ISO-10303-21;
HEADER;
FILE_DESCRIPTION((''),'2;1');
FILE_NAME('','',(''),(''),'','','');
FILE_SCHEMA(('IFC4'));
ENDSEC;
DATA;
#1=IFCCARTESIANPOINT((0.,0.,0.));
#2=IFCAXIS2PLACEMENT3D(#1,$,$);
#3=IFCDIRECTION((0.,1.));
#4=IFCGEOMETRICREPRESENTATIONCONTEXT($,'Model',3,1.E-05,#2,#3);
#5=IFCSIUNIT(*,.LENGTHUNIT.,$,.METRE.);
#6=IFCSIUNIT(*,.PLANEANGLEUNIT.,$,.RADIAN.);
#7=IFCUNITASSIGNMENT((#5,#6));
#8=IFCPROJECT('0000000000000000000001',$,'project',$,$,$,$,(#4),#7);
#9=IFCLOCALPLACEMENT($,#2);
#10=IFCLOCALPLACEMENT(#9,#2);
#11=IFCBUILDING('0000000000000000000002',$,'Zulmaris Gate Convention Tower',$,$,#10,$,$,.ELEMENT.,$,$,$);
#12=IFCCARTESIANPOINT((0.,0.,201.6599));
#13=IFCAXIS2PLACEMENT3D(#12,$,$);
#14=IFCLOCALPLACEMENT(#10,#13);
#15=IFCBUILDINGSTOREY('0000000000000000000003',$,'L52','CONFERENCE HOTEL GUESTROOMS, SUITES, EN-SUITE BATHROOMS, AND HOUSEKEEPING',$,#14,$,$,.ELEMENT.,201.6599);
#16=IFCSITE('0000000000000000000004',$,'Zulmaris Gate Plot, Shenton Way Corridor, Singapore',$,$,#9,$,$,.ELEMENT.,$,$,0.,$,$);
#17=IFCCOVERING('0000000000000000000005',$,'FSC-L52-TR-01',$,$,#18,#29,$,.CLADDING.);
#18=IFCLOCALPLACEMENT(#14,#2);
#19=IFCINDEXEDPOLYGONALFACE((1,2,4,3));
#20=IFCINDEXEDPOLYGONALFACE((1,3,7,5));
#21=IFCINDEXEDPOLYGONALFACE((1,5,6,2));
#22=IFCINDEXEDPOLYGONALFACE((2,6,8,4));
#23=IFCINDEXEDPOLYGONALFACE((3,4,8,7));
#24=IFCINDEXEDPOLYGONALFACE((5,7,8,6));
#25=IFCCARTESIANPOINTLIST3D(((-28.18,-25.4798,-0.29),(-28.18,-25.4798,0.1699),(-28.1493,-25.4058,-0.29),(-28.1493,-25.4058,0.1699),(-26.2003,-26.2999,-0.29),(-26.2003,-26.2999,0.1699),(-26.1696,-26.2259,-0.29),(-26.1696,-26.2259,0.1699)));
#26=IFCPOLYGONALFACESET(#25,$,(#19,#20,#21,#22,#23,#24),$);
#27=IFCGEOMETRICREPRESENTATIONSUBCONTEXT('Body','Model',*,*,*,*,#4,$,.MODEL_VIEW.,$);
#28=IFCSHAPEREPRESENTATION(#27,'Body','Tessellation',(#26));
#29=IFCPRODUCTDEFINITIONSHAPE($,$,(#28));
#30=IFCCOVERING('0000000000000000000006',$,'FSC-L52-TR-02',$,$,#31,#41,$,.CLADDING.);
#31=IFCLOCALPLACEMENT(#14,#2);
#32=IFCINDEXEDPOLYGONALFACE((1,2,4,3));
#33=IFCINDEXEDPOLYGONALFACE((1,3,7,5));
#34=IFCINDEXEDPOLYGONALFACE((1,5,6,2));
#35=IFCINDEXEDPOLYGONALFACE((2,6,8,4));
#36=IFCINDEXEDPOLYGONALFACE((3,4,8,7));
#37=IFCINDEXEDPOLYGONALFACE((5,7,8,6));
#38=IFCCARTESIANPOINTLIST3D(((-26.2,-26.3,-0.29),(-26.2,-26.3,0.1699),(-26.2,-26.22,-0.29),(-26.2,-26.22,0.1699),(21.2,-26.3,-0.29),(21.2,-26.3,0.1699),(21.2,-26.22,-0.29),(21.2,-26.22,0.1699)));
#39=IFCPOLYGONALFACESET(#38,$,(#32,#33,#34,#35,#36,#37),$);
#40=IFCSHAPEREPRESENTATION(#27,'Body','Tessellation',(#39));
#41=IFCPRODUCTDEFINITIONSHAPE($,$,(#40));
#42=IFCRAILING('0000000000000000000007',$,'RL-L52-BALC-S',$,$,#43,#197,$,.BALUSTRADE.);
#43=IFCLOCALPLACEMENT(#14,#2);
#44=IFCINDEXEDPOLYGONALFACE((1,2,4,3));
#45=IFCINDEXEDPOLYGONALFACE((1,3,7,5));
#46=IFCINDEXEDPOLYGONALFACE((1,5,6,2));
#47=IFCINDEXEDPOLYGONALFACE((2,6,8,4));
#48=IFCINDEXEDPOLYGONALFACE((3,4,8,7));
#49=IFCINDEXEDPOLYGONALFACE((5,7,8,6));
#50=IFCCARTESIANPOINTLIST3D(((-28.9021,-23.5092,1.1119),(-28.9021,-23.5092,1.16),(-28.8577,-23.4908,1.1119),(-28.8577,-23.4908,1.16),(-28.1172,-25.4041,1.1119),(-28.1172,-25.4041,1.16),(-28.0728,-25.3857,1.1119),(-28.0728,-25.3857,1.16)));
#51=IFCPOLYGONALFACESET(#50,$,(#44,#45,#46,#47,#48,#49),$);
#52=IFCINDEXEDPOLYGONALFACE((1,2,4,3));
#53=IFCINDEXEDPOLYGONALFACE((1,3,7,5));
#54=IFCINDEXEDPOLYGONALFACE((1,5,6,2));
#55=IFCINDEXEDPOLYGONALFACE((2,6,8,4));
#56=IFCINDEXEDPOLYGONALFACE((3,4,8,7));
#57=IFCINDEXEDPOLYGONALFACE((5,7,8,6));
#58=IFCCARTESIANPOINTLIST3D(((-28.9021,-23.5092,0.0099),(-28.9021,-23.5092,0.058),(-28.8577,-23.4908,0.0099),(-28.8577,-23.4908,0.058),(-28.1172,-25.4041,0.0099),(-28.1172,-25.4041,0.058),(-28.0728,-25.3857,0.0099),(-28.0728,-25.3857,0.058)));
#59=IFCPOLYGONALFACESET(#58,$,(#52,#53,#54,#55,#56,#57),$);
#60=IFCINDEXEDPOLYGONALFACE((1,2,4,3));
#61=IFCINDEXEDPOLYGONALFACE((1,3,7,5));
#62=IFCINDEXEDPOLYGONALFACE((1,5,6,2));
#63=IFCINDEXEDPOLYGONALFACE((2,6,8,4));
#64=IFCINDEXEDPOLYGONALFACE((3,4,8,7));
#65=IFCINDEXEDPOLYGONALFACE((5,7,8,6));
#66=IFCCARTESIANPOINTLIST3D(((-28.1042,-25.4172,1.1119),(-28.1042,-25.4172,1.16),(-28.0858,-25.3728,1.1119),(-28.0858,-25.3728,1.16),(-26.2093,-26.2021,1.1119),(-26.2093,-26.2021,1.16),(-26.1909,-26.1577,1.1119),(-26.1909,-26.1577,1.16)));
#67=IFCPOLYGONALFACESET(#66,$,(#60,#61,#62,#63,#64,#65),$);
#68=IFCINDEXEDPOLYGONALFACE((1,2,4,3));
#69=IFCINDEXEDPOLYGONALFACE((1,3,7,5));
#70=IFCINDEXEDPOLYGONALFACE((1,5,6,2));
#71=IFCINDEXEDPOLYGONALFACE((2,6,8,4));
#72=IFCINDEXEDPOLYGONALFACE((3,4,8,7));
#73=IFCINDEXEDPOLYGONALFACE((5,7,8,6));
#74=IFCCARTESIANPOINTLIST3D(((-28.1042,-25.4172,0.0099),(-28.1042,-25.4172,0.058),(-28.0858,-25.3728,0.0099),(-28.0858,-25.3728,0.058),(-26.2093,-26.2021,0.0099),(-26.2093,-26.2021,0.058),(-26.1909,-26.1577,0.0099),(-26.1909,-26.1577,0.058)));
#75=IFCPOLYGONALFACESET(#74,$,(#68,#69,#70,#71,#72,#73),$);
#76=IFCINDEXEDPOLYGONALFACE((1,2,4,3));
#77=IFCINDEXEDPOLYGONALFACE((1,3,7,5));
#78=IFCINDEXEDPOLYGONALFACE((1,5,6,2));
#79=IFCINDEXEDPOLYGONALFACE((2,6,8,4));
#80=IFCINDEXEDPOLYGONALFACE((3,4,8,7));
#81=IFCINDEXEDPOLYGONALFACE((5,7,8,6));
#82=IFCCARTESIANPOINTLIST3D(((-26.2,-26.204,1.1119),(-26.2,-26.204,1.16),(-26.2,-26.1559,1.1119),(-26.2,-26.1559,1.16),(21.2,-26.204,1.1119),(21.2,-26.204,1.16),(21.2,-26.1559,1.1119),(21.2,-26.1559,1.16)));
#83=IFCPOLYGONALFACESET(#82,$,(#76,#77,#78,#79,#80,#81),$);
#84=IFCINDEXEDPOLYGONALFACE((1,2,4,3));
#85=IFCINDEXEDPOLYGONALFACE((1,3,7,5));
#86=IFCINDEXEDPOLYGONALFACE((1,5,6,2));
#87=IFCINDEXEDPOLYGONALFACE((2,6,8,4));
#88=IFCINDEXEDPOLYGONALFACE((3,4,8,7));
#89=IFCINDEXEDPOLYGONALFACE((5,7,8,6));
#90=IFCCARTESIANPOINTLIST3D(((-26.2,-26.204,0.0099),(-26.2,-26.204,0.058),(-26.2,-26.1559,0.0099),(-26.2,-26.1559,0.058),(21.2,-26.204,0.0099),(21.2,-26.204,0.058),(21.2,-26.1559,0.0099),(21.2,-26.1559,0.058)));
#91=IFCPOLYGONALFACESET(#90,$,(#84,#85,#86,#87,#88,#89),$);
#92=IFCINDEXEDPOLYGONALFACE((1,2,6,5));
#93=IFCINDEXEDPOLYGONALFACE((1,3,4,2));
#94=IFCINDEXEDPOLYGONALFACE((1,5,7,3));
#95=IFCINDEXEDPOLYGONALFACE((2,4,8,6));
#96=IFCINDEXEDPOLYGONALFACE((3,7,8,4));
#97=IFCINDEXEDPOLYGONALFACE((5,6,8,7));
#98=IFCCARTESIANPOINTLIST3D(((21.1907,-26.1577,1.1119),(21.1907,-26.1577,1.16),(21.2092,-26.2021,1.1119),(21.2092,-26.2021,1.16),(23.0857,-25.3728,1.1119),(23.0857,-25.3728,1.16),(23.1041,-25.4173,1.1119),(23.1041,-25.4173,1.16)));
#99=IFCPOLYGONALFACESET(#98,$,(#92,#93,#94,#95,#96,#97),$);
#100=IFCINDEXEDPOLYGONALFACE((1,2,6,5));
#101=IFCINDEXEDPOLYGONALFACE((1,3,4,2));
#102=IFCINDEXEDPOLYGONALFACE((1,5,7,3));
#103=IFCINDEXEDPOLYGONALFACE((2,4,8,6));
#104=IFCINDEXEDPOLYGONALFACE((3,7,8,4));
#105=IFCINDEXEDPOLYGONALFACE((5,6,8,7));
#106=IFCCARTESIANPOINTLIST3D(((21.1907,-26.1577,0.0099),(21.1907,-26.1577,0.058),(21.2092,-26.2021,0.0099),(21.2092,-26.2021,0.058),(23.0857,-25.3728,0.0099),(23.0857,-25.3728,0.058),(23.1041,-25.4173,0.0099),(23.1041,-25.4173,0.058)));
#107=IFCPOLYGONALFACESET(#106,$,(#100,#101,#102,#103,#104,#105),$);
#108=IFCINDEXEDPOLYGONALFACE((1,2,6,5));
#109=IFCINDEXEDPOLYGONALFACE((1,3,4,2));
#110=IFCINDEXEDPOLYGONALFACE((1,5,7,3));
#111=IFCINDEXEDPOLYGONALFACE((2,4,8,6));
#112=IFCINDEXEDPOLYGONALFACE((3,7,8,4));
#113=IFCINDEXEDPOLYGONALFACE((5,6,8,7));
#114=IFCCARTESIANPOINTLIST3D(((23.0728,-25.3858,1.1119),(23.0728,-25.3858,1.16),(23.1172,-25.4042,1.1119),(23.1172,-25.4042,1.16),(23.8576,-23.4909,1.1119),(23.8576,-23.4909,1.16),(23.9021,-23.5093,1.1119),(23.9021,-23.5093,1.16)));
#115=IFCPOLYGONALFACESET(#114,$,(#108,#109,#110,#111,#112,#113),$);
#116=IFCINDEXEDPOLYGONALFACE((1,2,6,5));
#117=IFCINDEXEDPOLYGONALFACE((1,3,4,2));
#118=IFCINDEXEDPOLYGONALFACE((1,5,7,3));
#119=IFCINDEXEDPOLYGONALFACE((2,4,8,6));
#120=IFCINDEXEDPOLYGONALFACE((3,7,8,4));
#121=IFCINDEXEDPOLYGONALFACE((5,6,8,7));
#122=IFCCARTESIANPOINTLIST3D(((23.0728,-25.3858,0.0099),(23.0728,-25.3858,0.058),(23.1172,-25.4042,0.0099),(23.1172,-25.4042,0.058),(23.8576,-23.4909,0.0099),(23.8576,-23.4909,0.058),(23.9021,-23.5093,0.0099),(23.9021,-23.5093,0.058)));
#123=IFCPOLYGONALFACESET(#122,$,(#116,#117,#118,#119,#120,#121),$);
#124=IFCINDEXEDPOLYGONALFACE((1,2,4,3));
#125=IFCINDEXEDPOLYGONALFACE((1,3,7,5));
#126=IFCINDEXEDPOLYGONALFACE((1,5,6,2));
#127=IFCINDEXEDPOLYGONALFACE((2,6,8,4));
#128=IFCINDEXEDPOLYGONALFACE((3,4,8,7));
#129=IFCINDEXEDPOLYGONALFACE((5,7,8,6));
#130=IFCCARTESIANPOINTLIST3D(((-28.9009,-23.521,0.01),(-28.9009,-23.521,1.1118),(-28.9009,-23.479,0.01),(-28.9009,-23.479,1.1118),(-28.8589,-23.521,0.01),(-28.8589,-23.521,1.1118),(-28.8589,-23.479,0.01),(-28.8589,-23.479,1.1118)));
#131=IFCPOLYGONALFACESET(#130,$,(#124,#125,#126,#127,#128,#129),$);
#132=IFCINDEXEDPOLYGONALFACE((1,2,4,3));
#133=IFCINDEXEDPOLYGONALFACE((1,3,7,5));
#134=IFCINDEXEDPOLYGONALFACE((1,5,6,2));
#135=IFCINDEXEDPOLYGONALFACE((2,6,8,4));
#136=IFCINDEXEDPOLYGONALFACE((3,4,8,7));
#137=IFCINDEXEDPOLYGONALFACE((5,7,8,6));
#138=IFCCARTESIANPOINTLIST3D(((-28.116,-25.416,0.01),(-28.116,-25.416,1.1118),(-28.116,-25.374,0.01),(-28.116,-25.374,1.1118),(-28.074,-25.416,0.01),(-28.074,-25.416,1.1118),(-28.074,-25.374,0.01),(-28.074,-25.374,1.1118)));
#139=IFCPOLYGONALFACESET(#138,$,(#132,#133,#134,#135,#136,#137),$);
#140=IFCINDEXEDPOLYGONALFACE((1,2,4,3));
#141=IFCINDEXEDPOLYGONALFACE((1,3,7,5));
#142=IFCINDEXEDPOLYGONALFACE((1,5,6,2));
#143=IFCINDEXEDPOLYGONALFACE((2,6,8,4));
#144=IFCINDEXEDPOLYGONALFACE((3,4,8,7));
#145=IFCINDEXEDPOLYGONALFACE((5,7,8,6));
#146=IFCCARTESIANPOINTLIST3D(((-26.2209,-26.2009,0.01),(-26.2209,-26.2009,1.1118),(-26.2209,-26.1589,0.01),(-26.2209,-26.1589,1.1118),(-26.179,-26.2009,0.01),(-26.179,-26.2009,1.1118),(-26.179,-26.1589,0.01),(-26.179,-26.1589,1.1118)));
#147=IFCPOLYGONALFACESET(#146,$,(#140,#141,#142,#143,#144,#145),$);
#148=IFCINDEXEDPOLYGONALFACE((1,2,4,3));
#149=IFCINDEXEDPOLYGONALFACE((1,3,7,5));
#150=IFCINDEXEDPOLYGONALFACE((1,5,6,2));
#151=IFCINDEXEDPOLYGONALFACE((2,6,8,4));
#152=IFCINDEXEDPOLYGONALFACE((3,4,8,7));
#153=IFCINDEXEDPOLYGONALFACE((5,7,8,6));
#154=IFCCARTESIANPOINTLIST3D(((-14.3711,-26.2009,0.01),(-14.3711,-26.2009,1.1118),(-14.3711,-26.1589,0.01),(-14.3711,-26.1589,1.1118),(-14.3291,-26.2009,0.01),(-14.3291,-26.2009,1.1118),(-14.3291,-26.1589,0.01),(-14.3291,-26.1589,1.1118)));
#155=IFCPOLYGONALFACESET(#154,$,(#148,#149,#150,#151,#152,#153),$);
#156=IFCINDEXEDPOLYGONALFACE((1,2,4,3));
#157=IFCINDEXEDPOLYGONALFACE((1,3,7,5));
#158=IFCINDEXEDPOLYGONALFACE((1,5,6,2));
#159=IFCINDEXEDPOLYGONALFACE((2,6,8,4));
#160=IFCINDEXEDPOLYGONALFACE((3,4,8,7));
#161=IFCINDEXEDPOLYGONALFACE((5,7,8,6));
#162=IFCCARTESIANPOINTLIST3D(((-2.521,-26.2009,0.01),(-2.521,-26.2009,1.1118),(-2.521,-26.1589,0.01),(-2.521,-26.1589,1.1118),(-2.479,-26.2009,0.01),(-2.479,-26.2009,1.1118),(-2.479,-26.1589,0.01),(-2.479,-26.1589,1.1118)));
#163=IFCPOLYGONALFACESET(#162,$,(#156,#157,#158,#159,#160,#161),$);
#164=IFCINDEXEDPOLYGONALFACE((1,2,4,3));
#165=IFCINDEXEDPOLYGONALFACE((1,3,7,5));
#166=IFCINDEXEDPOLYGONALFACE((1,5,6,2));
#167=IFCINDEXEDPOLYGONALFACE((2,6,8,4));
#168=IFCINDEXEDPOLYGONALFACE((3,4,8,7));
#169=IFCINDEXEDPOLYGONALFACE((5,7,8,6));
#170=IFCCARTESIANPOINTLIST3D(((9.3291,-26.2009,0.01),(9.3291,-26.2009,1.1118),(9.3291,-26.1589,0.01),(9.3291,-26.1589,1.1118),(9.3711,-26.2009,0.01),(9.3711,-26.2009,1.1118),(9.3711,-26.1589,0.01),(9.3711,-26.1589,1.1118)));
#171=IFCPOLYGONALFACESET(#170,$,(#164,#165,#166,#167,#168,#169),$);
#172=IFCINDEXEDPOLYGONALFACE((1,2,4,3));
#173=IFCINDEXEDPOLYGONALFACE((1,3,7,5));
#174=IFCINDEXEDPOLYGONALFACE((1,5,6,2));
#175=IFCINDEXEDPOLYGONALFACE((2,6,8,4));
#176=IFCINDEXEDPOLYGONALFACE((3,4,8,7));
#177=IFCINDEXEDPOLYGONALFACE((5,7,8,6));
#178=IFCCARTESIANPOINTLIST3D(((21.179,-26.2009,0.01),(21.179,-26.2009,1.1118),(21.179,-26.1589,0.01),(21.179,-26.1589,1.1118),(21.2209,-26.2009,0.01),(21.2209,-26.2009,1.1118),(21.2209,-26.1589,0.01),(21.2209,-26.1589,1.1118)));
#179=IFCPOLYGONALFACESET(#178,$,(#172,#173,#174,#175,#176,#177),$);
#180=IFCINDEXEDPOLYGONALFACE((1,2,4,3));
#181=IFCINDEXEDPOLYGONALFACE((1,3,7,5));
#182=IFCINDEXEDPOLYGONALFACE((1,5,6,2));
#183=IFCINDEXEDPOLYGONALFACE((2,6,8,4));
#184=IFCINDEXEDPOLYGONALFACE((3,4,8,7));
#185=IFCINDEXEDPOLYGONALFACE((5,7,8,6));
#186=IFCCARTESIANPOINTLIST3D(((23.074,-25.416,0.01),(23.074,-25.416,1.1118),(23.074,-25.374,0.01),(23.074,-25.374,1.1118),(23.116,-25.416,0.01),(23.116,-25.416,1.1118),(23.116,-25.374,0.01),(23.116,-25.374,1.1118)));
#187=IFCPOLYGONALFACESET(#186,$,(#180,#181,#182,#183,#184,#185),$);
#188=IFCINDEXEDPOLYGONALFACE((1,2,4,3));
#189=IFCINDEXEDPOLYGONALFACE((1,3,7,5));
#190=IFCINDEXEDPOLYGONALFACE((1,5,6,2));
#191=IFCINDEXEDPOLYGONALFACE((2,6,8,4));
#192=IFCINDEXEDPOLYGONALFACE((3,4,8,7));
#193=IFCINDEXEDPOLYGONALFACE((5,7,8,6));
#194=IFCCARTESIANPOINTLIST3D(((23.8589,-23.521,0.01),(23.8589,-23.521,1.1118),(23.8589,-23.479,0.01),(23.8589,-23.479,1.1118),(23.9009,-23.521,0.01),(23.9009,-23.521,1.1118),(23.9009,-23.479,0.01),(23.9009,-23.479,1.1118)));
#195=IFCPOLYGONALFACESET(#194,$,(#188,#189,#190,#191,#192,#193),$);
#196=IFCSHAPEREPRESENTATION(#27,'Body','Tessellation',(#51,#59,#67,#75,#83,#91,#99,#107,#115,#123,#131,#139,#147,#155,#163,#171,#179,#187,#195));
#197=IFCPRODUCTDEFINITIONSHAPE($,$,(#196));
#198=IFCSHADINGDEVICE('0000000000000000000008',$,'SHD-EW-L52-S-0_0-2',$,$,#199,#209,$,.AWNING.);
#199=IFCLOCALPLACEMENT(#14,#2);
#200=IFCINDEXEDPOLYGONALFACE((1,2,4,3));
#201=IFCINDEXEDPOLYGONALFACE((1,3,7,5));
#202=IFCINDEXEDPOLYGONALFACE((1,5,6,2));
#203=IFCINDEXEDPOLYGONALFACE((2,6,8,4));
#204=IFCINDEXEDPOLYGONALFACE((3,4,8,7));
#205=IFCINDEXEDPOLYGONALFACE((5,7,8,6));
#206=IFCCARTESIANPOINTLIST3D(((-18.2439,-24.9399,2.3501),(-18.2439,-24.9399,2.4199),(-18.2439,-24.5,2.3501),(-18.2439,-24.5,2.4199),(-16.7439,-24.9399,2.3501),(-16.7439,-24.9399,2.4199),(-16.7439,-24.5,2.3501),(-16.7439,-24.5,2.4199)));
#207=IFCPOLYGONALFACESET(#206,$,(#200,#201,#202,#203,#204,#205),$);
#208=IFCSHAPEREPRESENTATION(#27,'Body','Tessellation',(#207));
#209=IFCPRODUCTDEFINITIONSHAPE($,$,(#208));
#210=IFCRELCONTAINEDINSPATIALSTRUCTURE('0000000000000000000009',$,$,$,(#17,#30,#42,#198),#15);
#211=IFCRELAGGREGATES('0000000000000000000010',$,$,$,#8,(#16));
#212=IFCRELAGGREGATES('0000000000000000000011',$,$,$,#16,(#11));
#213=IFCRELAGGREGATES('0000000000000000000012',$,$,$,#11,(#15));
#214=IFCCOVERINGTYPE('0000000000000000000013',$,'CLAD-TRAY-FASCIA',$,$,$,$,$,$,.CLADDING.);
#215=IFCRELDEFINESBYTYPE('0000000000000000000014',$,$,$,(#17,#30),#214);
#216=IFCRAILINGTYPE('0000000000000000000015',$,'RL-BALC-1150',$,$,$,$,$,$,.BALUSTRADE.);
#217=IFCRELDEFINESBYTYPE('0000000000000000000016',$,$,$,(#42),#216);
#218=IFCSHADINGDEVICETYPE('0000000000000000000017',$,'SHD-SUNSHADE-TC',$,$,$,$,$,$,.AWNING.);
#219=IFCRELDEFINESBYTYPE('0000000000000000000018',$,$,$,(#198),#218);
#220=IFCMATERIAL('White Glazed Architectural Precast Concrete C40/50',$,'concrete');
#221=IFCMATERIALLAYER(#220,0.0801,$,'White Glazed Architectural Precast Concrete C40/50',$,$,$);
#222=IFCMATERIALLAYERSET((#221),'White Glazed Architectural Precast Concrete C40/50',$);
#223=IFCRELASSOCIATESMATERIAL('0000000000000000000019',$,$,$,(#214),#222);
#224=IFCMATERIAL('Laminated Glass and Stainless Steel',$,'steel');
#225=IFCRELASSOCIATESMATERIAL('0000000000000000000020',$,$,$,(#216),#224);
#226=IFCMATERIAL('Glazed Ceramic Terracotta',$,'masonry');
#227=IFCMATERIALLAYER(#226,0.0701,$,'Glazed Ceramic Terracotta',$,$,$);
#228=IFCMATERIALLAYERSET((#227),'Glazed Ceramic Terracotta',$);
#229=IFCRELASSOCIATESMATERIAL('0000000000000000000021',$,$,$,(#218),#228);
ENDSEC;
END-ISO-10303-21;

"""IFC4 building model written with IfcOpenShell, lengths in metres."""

from ifc_helpers import new_model, si_unit, direction, frame, frame_2d, origin, origin_2d, place, context, subcontext, project, spatial, rectangle, extrude, material, layer, layer_set, type_object, element, save


model = new_model("IFC4")

# Units and contexts
model_context = context("Model", 3, precision=1e-05, world=origin(), true_north=direction((0.0, 1.0)))
body_context = subcontext(model_context, "Body", "Model", "MODEL_VIEW")
ifc_project = project(units=[si_unit("LENGTHUNIT", "METRE"), si_unit("PLANEANGLEUNIT", "RADIAN")], contexts=[model_context])

# Site, building, storey
site_placement = place(None, origin())
site = spatial("IfcSite", under=ifc_project, at=site_placement, Name="Zulmaris Gate Plot, Shenton Way Corridor, Singapore", CompositionType="ELEMENT", RefElevation=0.0)
building_placement = place(site_placement, origin())
building = spatial("IfcBuilding", under=site, at=building_placement, Name="Zulmaris Gate Convention Tower", CompositionType="ELEMENT")
storey_placement = place(building_placement, frame((0.0, 0.0, 201.6599)))
storey = spatial("IfcBuildingStorey", under=building, at=storey_placement, Name="L52", Description="CONFERENCE HOTEL GUESTROOMS, SUITES, EN-SUITE BATHROOMS, AND HOUSEKEEPING", CompositionType="ELEMENT", Elevation=201.6599)

# Coverings
ifc_material_1 = material(Name="White Glazed Architectural Precast Concrete C40/50", Category="concrete")
ifc_layer_1 = layer(ifc_material_1, 0.0801, Name="White Glazed Architectural Precast Concrete C40/50")
ifc_layer_set_1 = layer_set([ifc_layer_1], Name="White Glazed Architectural Precast Concrete C40/50")
covering_type_1 = type_object("IfcCoveringType", Name="CLAD-TRAY-FASCIA", PredefinedType="CLADDING", material=ifc_layer_set_1)
covering_1_placement = place(storey_placement, frame((-28.1646, -25.4429, -0.29), z_axis=(0.0, 0.0, 1.0), x_axis=(0.923874, -0.382697, 0.0)))
element("IfcCovering", 1, at=covering_1_placement, inside=storey, type_object=covering_type_1, Name="FSC-L52-TR-01", PredefinedType="CLADDING", context=body_context, shape_type="SweptSolid", body=[
    extrude(rectangle(XDim=2.1428, YDim=0.0801, at=frame_2d((1.0713, 0.0))), origin(), (0.0, 0.0, 1.0), 0.46),
])
covering_2_placement = place(storey_placement, frame((-26.2, -26.26, -0.29), z_axis=(0.0, 0.0, 1.0), x_axis=(1.0, 0.0, 0.0)))
element("IfcCovering", 2, at=covering_2_placement, inside=storey, type_object=covering_type_1, Name="FSC-L52-TR-02", PredefinedType="CLADDING", context=body_context, shape_type="SweptSolid", body=[
    extrude(rectangle(XDim=47.3999, YDim=0.0801, at=frame_2d((23.7, 0.0))), origin(), (0.0, 0.0, 1.0), 0.46),
])

# Railing
ifc_material_2 = material(Name="Laminated Glass and Stainless Steel", Category="steel")
railing_type = type_object("IfcRailingType", Name="RL-BALC-1150", PredefinedType="BALUSTRADE", material=ifc_material_2)
railing_placement = place(storey_placement, frame((-28.8799, -23.5, 0.01)))
element("IfcRailing", 3, at=railing_placement, inside=storey, type_object=railing_type, Name="RL-L52-BALC-S", PredefinedType="BALUSTRADE", context=body_context, shape_type="SweptSolid", body=[
    extrude(rectangle(XDim=0.0481, YDim=0.0481, at=origin_2d()), frame((0.0, 0.0, 1.126), z_axis=(0.382671, -0.923885, 0.0), x_axis=(0.923885, 0.382671, 0.0)), (0.0, 0.0, 1.0), 2.051),
    extrude(rectangle(XDim=0.0481, YDim=0.0481, at=origin_2d()), frame((0.0, 0.0, 0.0239), z_axis=(0.382671, -0.923885, 0.0), x_axis=(0.923885, 0.382671, 0.0)), (0.0, 0.0, 1.0), 2.051),
    extrude(rectangle(XDim=0.0481, YDim=0.0481, at=origin_2d()), frame((0.7849, -1.895, 1.126), z_axis=(0.923885, -0.382671, 0.0), x_axis=(0.382671, 0.923885, 0.0)), (0.0, 0.0, 1.0), 2.051),
    extrude(rectangle(XDim=0.0481, YDim=0.0481, at=origin_2d()), frame((0.7849, -1.895, 0.0239), z_axis=(0.923885, -0.382671, 0.0), x_axis=(0.382671, 0.923885, 0.0)), (0.0, 0.0, 1.0), 2.051),
    extrude(rectangle(XDim=0.0481, YDim=0.0481, at=origin_2d()), frame((2.6799, -2.6799, 1.126), z_axis=(1.0, 0.0, 0.0), x_axis=(0.0, 1.0, 0.0)), (0.0, 0.0, 1.0), 47.3999),
    extrude(rectangle(XDim=0.0481, YDim=0.0481, at=origin_2d()), frame((2.6799, -2.6799, 0.0239), z_axis=(1.0, 0.0, 0.0), x_axis=(0.0, 1.0, 0.0)), (0.0, 0.0, 1.0), 47.3999),
    extrude(rectangle(XDim=0.0481, YDim=0.0481, at=origin_2d()), frame((50.0798, -2.6799, 1.126), z_axis=(0.923885, 0.382671, 0.0), x_axis=(-0.382671, 0.923885, 0.0)), (0.0, 0.0, 1.0), 2.051),
    extrude(rectangle(XDim=0.0481, YDim=0.0481, at=origin_2d()), frame((50.0798, -2.6799, 0.0239), z_axis=(0.923885, 0.382671, 0.0), x_axis=(-0.382671, 0.923885, 0.0)), (0.0, 0.0, 1.0), 2.051),
    extrude(rectangle(XDim=0.0481, YDim=0.0481, at=origin_2d()), frame((51.9749, -1.895, 1.126), z_axis=(0.382671, 0.923885, 0.0), x_axis=(-0.923885, 0.382671, 0.0)), (0.0, 0.0, 1.0), 2.051),
    extrude(rectangle(XDim=0.0481, YDim=0.0481, at=origin_2d()), frame((51.9749, -1.895, 0.0239), z_axis=(0.382671, 0.923885, 0.0), x_axis=(-0.923885, 0.382671, 0.0)), (0.0, 0.0, 1.0), 2.051),
    extrude(rectangle(XDim=0.042, YDim=0.042, at=origin_2d()), origin(), (0.0, 0.0, 1.0), 1.1018),
    extrude(rectangle(XDim=0.042, YDim=0.042, at=origin_2d()), frame((0.7849, -1.895, 0.0)), (0.0, 0.0, 1.0), 1.1018),
    extrude(rectangle(XDim=0.042, YDim=0.042, at=origin_2d()), frame((2.6799, -2.6799, 0.0)), (0.0, 0.0, 1.0), 1.1018),
    extrude(rectangle(XDim=0.042, YDim=0.042, at=origin_2d()), frame((14.5298, -2.6799, 0.0)), (0.0, 0.0, 1.0), 1.1018),
    extrude(rectangle(XDim=0.042, YDim=0.042, at=origin_2d()), frame((26.3799, -2.6799, 0.0)), (0.0, 0.0, 1.0), 1.1018),
    extrude(rectangle(XDim=0.042, YDim=0.042, at=origin_2d()), frame((38.23, -2.6799, 0.0)), (0.0, 0.0, 1.0), 1.1018),
    extrude(rectangle(XDim=0.042, YDim=0.042, at=origin_2d()), frame((50.0798, -2.6799, 0.0)), (0.0, 0.0, 1.0), 1.1018),
    extrude(rectangle(XDim=0.042, YDim=0.042, at=origin_2d()), frame((51.9749, -1.895, 0.0)), (0.0, 0.0, 1.0), 1.1018),
    extrude(rectangle(XDim=0.042, YDim=0.042, at=origin_2d()), frame((52.7598, 0.0, 0.0)), (0.0, 0.0, 1.0), 1.1018),
])

# Shading device
ifc_material_3 = material(Name="Glazed Ceramic Terracotta", Category="masonry")
ifc_layer_2 = layer(ifc_material_3, 0.0701, Name="Glazed Ceramic Terracotta")
ifc_layer_set_2 = layer_set([ifc_layer_2], Name="Glazed Ceramic Terracotta")
shading_device_type = type_object("IfcShadingDeviceType", Name="SHD-SUNSHADE-TC", PredefinedType="AWNING", material=ifc_layer_set_2)
shading_device_placement = place(storey_placement, frame((-18.2439, -24.72, 2.3501), z_axis=(0.0, 0.0, 1.0), x_axis=(1.0, 0.0, 0.0)))
element("IfcShadingDevice", 4, at=shading_device_placement, inside=storey, type_object=shading_device_type, Name="SHD-EW-L52-S-0_0-2", PredefinedType="AWNING", context=body_context, shape_type="SweptSolid", body=[
    extrude(rectangle(XDim=1.5, YDim=0.4399, at=frame_2d((0.75, 0.0))), origin(), (0.0, 0.0, 1.0), 0.0698),
])

save(model, "model.ifc")
